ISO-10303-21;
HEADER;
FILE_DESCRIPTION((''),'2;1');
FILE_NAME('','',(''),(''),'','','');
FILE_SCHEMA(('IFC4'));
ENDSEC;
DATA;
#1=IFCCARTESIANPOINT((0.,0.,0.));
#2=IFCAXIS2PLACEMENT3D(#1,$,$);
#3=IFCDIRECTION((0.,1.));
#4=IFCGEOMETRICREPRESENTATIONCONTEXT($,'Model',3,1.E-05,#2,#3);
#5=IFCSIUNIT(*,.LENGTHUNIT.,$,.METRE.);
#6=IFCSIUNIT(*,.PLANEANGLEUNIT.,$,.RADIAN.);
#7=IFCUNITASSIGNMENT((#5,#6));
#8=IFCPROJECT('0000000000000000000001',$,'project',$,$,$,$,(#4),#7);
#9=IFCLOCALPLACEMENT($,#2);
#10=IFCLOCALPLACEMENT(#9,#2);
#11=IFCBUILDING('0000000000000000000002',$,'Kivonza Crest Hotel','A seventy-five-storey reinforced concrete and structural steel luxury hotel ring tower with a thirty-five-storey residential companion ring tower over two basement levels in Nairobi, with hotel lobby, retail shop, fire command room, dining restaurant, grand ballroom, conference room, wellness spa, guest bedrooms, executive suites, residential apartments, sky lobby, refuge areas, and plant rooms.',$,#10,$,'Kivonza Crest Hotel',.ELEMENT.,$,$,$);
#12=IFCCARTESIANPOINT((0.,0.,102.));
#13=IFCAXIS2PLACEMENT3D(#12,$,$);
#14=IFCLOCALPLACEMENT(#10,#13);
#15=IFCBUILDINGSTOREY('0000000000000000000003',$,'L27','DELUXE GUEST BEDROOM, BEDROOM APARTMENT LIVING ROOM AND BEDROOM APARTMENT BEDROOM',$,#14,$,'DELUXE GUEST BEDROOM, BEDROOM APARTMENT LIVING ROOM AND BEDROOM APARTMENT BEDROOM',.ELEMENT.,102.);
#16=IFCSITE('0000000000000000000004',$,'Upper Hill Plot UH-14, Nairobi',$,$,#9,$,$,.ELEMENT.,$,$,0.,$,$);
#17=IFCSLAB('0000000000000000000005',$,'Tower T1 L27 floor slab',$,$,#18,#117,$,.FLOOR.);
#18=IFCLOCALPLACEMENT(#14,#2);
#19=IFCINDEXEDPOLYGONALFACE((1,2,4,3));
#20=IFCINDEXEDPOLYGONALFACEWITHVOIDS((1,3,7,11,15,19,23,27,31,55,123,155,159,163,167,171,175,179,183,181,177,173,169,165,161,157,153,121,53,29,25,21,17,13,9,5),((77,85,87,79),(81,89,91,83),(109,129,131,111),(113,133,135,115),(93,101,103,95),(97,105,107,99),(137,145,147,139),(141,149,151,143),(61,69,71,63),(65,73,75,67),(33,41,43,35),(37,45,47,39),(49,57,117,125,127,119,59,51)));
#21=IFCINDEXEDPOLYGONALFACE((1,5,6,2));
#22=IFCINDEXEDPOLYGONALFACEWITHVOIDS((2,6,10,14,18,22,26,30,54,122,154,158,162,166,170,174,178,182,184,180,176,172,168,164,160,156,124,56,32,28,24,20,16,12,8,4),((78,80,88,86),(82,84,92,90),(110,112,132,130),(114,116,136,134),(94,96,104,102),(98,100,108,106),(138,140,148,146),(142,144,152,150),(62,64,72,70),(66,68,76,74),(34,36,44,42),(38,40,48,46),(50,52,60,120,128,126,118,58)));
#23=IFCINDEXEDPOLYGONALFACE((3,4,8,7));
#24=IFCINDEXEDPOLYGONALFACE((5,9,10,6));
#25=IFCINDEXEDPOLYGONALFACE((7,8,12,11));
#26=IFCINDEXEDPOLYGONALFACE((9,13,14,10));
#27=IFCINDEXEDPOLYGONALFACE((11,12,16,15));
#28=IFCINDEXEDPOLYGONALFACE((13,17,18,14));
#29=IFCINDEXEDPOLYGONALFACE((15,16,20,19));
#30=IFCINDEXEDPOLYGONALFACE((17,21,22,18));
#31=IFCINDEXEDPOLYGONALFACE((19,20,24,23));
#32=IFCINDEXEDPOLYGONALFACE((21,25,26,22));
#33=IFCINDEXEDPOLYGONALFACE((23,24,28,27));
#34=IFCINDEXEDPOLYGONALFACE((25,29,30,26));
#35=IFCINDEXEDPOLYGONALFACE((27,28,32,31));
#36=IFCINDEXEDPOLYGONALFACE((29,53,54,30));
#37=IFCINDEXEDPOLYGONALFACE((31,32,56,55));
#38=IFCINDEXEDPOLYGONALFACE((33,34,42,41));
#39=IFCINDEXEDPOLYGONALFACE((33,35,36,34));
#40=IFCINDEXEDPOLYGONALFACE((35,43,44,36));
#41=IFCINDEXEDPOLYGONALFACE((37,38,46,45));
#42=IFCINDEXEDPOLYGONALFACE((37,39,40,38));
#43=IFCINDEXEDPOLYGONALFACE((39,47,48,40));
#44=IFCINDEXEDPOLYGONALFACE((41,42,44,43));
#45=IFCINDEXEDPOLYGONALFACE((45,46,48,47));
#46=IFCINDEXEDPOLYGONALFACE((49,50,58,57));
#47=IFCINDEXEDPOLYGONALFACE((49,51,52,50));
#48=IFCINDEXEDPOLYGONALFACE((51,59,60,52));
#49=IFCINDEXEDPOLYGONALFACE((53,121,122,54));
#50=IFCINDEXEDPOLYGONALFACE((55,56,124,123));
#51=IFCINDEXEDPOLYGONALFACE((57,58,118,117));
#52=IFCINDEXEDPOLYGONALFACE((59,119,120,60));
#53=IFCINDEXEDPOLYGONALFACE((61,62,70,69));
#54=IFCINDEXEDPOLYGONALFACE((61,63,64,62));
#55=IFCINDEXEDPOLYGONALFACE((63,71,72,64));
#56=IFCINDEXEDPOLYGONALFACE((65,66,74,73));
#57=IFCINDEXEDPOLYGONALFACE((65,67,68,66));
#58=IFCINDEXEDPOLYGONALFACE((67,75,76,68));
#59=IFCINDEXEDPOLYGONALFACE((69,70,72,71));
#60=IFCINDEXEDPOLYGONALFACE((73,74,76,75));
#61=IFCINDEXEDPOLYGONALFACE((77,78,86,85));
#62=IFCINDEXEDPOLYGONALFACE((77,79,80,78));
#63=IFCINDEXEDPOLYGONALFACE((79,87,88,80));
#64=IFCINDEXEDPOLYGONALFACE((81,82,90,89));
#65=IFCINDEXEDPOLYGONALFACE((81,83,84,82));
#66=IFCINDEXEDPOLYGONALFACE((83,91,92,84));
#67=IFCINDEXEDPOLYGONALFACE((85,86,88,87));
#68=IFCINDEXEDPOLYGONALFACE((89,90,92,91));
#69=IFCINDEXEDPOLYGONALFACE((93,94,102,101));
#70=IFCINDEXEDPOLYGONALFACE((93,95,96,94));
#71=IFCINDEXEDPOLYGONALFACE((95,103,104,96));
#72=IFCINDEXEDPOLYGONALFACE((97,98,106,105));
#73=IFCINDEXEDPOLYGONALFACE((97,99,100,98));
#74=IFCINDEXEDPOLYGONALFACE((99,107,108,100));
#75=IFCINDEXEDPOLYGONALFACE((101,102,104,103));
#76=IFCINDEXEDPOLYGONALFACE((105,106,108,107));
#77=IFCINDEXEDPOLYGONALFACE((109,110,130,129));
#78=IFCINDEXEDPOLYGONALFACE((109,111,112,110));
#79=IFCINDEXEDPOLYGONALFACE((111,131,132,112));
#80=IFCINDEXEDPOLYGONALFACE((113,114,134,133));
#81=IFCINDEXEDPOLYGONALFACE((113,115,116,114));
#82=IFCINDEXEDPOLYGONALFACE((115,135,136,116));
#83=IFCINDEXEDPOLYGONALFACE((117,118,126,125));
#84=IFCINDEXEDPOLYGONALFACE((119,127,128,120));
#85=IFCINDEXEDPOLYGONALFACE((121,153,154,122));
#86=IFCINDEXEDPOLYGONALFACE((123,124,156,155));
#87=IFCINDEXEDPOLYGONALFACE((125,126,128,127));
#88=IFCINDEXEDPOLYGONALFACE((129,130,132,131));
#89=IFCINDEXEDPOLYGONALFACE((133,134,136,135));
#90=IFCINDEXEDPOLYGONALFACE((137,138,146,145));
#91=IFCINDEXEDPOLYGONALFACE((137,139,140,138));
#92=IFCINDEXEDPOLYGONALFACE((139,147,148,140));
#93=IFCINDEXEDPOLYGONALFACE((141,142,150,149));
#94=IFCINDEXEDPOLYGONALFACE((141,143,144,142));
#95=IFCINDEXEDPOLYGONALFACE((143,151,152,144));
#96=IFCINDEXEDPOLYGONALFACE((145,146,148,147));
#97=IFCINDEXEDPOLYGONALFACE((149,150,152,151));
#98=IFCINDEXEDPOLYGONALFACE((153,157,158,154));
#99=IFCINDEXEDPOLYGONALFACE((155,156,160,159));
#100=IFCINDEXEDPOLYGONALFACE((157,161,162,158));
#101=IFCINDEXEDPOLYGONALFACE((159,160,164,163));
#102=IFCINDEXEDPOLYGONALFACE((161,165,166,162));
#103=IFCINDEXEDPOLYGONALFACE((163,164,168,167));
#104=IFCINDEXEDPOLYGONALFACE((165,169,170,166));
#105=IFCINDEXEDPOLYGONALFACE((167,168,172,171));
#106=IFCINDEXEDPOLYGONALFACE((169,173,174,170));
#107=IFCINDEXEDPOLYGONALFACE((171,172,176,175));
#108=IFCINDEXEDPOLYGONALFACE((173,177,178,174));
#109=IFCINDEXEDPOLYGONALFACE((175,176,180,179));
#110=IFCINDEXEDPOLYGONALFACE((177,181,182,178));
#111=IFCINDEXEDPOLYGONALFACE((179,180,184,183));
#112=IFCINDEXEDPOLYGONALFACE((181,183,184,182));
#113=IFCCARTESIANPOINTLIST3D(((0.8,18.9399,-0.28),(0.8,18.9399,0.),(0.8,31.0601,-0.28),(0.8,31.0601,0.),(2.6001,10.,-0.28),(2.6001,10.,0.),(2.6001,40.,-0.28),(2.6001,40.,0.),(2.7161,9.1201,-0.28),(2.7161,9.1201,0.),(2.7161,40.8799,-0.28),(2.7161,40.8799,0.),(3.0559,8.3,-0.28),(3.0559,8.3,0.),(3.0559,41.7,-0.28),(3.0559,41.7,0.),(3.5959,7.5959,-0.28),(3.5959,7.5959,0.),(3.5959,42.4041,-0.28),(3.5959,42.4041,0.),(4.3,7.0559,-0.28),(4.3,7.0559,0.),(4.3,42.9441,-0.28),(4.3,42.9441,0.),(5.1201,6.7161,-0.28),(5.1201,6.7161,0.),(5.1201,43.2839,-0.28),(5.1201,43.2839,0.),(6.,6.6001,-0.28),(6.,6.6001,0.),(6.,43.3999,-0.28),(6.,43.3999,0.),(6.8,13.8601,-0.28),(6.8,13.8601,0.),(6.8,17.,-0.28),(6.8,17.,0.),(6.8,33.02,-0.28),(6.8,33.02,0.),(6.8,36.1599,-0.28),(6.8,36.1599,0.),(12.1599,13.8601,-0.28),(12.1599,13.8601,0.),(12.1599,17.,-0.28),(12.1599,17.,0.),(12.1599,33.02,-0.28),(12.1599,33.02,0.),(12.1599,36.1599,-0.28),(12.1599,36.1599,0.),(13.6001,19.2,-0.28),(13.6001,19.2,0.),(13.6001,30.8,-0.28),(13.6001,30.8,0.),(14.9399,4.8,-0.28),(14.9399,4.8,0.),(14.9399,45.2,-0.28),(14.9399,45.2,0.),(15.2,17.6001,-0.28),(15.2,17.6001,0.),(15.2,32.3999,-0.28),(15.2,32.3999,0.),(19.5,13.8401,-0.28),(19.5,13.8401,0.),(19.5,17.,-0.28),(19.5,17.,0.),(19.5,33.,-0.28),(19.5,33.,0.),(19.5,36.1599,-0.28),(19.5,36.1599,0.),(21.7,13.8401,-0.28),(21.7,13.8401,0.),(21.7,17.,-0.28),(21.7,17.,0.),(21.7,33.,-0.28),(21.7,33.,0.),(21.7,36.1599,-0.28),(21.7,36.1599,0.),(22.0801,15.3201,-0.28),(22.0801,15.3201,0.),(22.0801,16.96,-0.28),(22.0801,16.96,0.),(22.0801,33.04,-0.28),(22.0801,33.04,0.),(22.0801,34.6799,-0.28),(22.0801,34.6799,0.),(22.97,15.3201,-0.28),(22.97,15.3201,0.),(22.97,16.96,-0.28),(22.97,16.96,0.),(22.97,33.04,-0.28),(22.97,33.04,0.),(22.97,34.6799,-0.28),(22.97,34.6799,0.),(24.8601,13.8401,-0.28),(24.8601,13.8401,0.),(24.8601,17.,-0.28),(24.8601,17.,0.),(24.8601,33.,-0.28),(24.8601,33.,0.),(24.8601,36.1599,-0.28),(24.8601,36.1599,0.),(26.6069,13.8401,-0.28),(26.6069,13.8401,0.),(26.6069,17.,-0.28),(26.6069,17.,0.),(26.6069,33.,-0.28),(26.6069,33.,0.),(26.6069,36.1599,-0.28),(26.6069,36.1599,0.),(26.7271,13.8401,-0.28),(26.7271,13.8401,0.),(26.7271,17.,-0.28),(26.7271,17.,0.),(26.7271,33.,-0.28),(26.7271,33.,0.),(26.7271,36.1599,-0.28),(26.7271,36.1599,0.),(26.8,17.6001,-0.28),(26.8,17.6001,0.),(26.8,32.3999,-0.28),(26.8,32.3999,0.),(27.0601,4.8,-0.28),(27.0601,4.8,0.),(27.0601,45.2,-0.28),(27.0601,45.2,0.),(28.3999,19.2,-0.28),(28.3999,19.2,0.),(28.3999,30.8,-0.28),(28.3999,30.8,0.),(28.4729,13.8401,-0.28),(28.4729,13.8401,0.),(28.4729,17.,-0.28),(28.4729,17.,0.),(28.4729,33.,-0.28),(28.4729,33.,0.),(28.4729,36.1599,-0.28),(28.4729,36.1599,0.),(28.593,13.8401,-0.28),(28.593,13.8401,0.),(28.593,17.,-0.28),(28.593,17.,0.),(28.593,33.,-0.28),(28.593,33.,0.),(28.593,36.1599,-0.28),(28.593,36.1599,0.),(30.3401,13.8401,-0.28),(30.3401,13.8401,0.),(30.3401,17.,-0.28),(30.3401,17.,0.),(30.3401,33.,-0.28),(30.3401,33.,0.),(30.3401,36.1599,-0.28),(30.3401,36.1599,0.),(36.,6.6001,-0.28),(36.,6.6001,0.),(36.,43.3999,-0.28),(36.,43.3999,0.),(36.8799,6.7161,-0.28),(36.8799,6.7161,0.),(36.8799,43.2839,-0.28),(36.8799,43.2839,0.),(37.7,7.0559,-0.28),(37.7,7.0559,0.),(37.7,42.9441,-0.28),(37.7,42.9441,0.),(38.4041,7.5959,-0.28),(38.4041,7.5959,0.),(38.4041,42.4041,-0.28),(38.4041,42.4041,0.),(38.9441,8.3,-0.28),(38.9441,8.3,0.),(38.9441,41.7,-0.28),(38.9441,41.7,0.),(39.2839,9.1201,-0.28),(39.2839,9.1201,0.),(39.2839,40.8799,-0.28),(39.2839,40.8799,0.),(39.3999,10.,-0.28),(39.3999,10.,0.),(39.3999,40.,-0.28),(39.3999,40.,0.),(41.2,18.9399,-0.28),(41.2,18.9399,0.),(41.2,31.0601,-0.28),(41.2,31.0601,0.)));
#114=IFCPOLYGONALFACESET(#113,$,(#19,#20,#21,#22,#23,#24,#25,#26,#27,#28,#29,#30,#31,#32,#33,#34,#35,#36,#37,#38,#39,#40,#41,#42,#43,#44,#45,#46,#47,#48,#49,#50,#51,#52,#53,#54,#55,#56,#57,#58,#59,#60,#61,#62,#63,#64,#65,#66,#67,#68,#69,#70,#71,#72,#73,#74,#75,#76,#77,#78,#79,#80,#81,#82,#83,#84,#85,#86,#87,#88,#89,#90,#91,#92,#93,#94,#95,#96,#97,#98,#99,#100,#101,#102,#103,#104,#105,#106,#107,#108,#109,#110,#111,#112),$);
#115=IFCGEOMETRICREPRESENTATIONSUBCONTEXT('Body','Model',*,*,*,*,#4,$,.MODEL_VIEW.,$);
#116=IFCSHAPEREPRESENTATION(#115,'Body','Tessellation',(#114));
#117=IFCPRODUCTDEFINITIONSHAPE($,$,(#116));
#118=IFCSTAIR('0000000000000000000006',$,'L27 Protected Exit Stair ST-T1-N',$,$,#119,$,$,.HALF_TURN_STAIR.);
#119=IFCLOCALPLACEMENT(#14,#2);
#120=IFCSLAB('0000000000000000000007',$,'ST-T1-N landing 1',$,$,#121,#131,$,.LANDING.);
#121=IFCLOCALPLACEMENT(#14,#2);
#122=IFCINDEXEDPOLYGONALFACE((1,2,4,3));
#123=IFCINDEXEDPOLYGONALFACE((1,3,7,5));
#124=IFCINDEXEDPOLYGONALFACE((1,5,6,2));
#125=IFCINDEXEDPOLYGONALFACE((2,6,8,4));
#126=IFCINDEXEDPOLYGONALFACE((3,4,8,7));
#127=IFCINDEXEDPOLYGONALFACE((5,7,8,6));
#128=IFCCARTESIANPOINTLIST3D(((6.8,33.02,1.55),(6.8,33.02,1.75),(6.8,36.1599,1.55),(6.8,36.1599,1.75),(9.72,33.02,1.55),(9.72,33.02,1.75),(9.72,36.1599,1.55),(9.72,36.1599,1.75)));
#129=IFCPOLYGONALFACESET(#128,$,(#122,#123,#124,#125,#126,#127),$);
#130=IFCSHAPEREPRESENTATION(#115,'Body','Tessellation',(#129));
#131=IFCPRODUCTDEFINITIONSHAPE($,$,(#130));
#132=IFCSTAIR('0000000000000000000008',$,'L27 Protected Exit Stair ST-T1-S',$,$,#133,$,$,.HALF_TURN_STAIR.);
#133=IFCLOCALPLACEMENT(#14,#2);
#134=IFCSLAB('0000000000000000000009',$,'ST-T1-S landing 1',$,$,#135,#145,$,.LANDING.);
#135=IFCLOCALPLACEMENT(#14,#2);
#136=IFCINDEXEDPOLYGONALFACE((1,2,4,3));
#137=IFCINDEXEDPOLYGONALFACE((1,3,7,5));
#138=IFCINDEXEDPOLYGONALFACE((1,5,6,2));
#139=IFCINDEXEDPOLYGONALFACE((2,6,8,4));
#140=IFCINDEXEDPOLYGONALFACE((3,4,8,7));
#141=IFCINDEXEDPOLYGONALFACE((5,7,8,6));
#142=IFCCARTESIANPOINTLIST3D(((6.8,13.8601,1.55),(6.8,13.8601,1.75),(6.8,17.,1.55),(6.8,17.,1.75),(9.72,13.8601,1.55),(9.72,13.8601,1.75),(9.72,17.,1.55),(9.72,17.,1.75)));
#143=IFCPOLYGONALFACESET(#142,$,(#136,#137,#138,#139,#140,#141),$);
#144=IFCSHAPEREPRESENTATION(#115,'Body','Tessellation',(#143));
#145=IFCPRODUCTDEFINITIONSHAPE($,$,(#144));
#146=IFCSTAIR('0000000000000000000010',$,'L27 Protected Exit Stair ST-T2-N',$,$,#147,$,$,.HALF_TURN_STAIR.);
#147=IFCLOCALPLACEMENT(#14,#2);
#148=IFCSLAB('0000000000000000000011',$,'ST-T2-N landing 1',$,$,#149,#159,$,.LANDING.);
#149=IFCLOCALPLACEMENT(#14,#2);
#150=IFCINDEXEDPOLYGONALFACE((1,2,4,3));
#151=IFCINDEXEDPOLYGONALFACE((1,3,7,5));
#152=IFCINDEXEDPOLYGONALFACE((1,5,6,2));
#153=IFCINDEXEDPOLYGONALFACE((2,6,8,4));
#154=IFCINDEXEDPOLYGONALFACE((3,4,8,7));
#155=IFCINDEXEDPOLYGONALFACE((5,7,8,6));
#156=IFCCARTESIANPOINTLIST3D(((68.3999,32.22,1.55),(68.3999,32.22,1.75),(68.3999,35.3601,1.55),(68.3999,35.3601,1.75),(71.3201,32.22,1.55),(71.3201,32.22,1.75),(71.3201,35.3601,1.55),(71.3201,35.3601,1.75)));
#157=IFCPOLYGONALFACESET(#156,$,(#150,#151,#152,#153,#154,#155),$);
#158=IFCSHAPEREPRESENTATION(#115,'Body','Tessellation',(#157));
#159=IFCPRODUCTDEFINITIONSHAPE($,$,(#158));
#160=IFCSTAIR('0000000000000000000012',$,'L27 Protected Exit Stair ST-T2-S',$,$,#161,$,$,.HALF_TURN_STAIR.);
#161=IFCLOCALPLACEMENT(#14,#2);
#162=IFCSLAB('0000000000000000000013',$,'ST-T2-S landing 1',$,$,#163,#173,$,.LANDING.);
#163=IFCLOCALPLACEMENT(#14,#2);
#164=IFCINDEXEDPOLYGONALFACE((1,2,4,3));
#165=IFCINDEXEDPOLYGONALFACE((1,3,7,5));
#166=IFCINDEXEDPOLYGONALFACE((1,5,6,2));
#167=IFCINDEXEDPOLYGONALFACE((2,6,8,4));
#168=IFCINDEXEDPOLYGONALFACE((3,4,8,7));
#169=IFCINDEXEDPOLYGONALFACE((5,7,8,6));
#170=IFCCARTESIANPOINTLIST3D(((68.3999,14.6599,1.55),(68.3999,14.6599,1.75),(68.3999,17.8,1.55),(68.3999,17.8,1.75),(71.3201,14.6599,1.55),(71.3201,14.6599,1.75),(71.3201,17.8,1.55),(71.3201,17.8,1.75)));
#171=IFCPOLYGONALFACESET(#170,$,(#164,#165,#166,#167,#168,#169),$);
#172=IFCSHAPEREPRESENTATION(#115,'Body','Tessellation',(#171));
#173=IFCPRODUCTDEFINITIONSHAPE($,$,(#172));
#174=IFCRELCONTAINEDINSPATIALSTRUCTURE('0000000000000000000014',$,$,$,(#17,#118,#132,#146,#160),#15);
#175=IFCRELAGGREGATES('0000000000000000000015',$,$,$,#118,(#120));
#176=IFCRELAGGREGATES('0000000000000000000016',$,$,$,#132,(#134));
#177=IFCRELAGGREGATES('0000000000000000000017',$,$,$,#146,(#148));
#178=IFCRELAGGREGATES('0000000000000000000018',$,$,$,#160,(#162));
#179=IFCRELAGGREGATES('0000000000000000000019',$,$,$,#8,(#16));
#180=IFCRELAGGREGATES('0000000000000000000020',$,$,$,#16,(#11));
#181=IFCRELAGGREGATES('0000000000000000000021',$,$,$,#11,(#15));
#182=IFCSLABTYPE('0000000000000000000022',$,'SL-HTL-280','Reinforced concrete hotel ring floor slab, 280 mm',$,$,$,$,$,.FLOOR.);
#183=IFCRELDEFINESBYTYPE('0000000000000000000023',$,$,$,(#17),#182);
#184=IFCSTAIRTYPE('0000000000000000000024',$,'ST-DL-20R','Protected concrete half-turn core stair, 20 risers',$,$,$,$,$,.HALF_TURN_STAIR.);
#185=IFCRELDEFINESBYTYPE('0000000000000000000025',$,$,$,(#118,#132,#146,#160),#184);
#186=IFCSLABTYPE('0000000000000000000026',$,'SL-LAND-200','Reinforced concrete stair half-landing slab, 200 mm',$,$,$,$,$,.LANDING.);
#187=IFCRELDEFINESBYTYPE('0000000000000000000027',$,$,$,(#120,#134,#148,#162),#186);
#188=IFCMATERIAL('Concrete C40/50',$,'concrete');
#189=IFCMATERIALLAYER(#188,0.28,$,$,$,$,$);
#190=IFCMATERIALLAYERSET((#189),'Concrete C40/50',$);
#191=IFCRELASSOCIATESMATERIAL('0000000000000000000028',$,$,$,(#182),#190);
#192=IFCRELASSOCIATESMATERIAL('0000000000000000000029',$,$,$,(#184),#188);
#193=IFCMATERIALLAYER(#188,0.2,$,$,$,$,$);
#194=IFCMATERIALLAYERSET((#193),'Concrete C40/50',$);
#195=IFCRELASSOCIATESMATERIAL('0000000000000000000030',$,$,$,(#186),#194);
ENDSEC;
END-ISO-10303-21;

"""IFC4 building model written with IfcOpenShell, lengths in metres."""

from ifc_helpers import new_model, si_unit, direction, frame, origin, place, context, subcontext, project, spatial, polyline, outline, extrude, material, layer, layer_set, type_object, element, aggregate, save


model = new_model("IFC4")

# Units and contexts
model_context = context("Model", 3, precision=1e-05, world=origin(), true_north=direction((0.0, 1.0)))
body_context = subcontext(model_context, "Body", "Model", "MODEL_VIEW")
ifc_project = project(units=[si_unit("LENGTHUNIT", "METRE"), si_unit("PLANEANGLEUNIT", "RADIAN")], contexts=[model_context])

# Site, building, storey
site_placement = place(None, origin())
site = spatial("IfcSite", under=ifc_project, at=site_placement, Name="Upper Hill Plot UH-14, Nairobi", CompositionType="ELEMENT", RefElevation=0.0)
building_placement = place(site_placement, origin())
building = spatial("IfcBuilding", under=site, at=building_placement, Name="Kivonza Crest Hotel", Description="A seventy-five-storey reinforced concrete and structural steel luxury hotel ring tower with a thirty-five-storey residential companion ring tower over two basement levels in Nairobi, with hotel lobby, retail shop, fire command room, dining restaurant, grand ballroom, conference room, wellness spa, guest bedrooms, executive suites, residential apartments, sky lobby, refuge areas, and plant rooms.", LongName="Kivonza Crest Hotel", CompositionType="ELEMENT")
storey_placement = place(building_placement, frame((0.0, 0.0, 102.0)))
storey = spatial("IfcBuildingStorey", under=building, at=storey_placement, Name="L27", Description="DELUXE GUEST BEDROOM, BEDROOM APARTMENT LIVING ROOM AND BEDROOM APARTMENT BEDROOM", LongName="DELUXE GUEST BEDROOM, BEDROOM APARTMENT LIVING ROOM AND BEDROOM APARTMENT BEDROOM", CompositionType="ELEMENT", Elevation=102.0)

# Slab
ifc_material_1 = material(Name="Concrete C40/50", Category="concrete")
ifc_layer_1 = layer(ifc_material_1, 0.28)
ifc_layer_set_1 = layer_set([ifc_layer_1], Name="Concrete C40/50")
slab_type_1 = type_object("IfcSlabType", Name="SL-HTL-280", Description="Reinforced concrete hotel ring floor slab, 280 mm", PredefinedType="FLOOR", material=ifc_layer_set_1)
slab_1_placement = place(storey_placement, frame((0.0, 0.0, -0.28)))
element("IfcSlab", 1, at=slab_1_placement, inside=storey, type_object=slab_type_1, Name="Tower T1 L27 floor slab", PredefinedType="FLOOR", context=body_context, shape_type="SweptSolid", body=[
    extrude(outline(polyline([(2.6001, 10.0), (2.7161, 9.1201), (3.0559, 8.3), (3.5959, 7.5959), (4.3, 7.0559), (5.1201, 6.7161), (6.0, 6.6001), (14.9399, 4.8), (27.0601, 4.8), (36.0, 6.6001), (36.8799, 6.7161), (37.7, 7.0559), (38.4041, 7.5959), (38.9441, 8.3), (39.2839, 9.1201), (39.3999, 10.0), (41.2, 18.9399), (41.2, 31.0601), (39.3999, 40.0), (39.2839, 40.8799), (38.9441, 41.7), (38.4041, 42.4041), (37.7, 42.9441), (36.8799, 43.2839), (36.0, 43.3999), (27.0601, 45.2), (14.9399, 45.2), (6.0, 43.3999), (5.1201, 43.2839), (4.3, 42.9441), (3.5959, 42.4041), (3.0559, 41.7), (2.7161, 40.8799), (2.6001, 40.0), (0.8, 31.0601), (0.8, 18.9399), (2.6001, 10.0)]), holes=[polyline([(15.2, 17.6001), (26.8, 17.6001), (28.3999, 19.2), (28.3999, 30.8), (26.8, 32.3999), (15.2, 32.3999), (13.6001, 30.8), (13.6001, 19.2), (15.2, 17.6001)]), polyline([(6.8, 33.02), (12.1599, 33.02), (12.1599, 36.1599), (6.8, 36.1599), (6.8, 33.02)]), polyline([(6.8, 13.8601), (12.1599, 13.8601), (12.1599, 17.0), (6.8, 17.0), (6.8, 13.8601)]), polyline([(22.0801, 33.04), (22.97, 33.04), (22.97, 34.6799), (22.0801, 34.6799), (22.0801, 33.04)]), polyline([(22.0801, 15.3201), (22.97, 15.3201), (22.97, 16.96), (22.0801, 16.96), (22.0801, 15.3201)]), polyline([(19.5, 33.0), (21.7, 33.0), (21.7, 36.1599), (19.5, 36.1599), (19.5, 33.0)]), polyline([(24.8601, 33.0), (26.6069, 33.0), (26.6069, 36.1599), (24.8601, 36.1599), (24.8601, 33.0)]), polyline([(26.7271, 33.0), (28.4729, 33.0), (28.4729, 36.1599), (26.7271, 36.1599), (26.7271, 33.0)]), polyline([(28.593, 33.0), (30.3401, 33.0), (30.3401, 36.1599), (28.593, 36.1599), (28.593, 33.0)]), polyline([(19.5, 13.8401), (21.7, 13.8401), (21.7, 17.0), (19.5, 17.0), (19.5, 13.8401)]), polyline([(24.8601, 13.8401), (26.6069, 13.8401), (26.6069, 17.0), (24.8601, 17.0), (24.8601, 13.8401)]), polyline([(26.7271, 13.8401), (28.4729, 13.8401), (28.4729, 17.0), (26.7271, 17.0), (26.7271, 13.8401)]), polyline([(28.593, 13.8401), (30.3401, 13.8401), (30.3401, 17.0), (28.593, 17.0), (28.593, 13.8401)])]), origin(), (0.0, 0.0, 1.0), 0.28),
])

# Stairs, slabs
stair_type = type_object("IfcStairType", Name="ST-DL-20R", Description="Protected concrete half-turn core stair, 20 risers", PredefinedType="HALF_TURN_STAIR", material=ifc_material_1)
stair_1_placement = place(storey_placement, origin())
stair_1 = element("IfcStair", 2, at=stair_1_placement, inside=storey, type_object=stair_type, Name="L27 Protected Exit Stair ST-T1-N", PredefinedType="HALF_TURN_STAIR")
ifc_layer_2 = layer(ifc_material_1, 0.2)
ifc_layer_set_2 = layer_set([ifc_layer_2], Name="Concrete C40/50")
slab_type_2 = type_object("IfcSlabType", Name="SL-LAND-200", Description="Reinforced concrete stair half-landing slab, 200 mm", PredefinedType="LANDING", material=ifc_layer_set_2)
slab_2_placement = place(storey_placement, frame((0.0, 0.0, 1.55)))
slab_2 = element("IfcSlab", 3, at=slab_2_placement, type_object=slab_type_2, Name="ST-T1-N landing 1", PredefinedType="LANDING", context=body_context, shape_type="SweptSolid", body=[
    extrude(outline(polyline([(9.72, 36.1599), (6.8, 36.1599), (6.8, 33.02), (9.72, 33.02), (9.72, 36.1599)])), origin(), (0.0, 0.0, 1.0), 0.2),
])
aggregate(stair_1, [slab_2])
stair_2_placement = place(storey_placement, origin())
stair_2 = element("IfcStair", 4, at=stair_2_placement, inside=storey, type_object=stair_type, Name="L27 Protected Exit Stair ST-T1-S", PredefinedType="HALF_TURN_STAIR")
slab_3_placement = place(storey_placement, frame((0.0, 0.0, 1.55)))
slab_3 = element("IfcSlab", 5, at=slab_3_placement, type_object=slab_type_2, Name="ST-T1-S landing 1", PredefinedType="LANDING", context=body_context, shape_type="SweptSolid", body=[
    extrude(outline(polyline([(9.72, 17.0), (6.8, 17.0), (6.8, 13.8601), (9.72, 13.8601), (9.72, 17.0)])), origin(), (0.0, 0.0, 1.0), 0.2),
])
aggregate(stair_2, [slab_3])
stair_3_placement = place(storey_placement, origin())
stair_3 = element("IfcStair", 6, at=stair_3_placement, inside=storey, type_object=stair_type, Name="L27 Protected Exit Stair ST-T2-N", PredefinedType="HALF_TURN_STAIR")
slab_4_placement = place(storey_placement, frame((0.0, 0.0, 1.55)))
slab_4 = element("IfcSlab", 7, at=slab_4_placement, type_object=slab_type_2, Name="ST-T2-N landing 1", PredefinedType="LANDING", context=body_context, shape_type="SweptSolid", body=[
    extrude(outline(polyline([(71.3201, 35.3601), (68.3999, 35.3601), (68.3999, 32.22), (71.3201, 32.22), (71.3201, 35.3601)])), origin(), (0.0, 0.0, 1.0), 0.2),
])
aggregate(stair_3, [slab_4])
stair_4_placement = place(storey_placement, origin())
stair_4 = element("IfcStair", 8, at=stair_4_placement, inside=storey, type_object=stair_type, Name="L27 Protected Exit Stair ST-T2-S", PredefinedType="HALF_TURN_STAIR")
slab_5_placement = place(storey_placement, frame((0.0, 0.0, 1.55)))
slab_5 = element("IfcSlab", 9, at=slab_5_placement, type_object=slab_type_2, Name="ST-T2-S landing 1", PredefinedType="LANDING", context=body_context, shape_type="SweptSolid", body=[
    extrude(outline(polyline([(71.3201, 17.8), (68.3999, 17.8), (68.3999, 14.6599), (71.3201, 14.6599), (71.3201, 17.8)])), origin(), (0.0, 0.0, 1.0), 0.2),
])
aggregate(stair_4, [slab_5])

save(model, "model.ifc")
